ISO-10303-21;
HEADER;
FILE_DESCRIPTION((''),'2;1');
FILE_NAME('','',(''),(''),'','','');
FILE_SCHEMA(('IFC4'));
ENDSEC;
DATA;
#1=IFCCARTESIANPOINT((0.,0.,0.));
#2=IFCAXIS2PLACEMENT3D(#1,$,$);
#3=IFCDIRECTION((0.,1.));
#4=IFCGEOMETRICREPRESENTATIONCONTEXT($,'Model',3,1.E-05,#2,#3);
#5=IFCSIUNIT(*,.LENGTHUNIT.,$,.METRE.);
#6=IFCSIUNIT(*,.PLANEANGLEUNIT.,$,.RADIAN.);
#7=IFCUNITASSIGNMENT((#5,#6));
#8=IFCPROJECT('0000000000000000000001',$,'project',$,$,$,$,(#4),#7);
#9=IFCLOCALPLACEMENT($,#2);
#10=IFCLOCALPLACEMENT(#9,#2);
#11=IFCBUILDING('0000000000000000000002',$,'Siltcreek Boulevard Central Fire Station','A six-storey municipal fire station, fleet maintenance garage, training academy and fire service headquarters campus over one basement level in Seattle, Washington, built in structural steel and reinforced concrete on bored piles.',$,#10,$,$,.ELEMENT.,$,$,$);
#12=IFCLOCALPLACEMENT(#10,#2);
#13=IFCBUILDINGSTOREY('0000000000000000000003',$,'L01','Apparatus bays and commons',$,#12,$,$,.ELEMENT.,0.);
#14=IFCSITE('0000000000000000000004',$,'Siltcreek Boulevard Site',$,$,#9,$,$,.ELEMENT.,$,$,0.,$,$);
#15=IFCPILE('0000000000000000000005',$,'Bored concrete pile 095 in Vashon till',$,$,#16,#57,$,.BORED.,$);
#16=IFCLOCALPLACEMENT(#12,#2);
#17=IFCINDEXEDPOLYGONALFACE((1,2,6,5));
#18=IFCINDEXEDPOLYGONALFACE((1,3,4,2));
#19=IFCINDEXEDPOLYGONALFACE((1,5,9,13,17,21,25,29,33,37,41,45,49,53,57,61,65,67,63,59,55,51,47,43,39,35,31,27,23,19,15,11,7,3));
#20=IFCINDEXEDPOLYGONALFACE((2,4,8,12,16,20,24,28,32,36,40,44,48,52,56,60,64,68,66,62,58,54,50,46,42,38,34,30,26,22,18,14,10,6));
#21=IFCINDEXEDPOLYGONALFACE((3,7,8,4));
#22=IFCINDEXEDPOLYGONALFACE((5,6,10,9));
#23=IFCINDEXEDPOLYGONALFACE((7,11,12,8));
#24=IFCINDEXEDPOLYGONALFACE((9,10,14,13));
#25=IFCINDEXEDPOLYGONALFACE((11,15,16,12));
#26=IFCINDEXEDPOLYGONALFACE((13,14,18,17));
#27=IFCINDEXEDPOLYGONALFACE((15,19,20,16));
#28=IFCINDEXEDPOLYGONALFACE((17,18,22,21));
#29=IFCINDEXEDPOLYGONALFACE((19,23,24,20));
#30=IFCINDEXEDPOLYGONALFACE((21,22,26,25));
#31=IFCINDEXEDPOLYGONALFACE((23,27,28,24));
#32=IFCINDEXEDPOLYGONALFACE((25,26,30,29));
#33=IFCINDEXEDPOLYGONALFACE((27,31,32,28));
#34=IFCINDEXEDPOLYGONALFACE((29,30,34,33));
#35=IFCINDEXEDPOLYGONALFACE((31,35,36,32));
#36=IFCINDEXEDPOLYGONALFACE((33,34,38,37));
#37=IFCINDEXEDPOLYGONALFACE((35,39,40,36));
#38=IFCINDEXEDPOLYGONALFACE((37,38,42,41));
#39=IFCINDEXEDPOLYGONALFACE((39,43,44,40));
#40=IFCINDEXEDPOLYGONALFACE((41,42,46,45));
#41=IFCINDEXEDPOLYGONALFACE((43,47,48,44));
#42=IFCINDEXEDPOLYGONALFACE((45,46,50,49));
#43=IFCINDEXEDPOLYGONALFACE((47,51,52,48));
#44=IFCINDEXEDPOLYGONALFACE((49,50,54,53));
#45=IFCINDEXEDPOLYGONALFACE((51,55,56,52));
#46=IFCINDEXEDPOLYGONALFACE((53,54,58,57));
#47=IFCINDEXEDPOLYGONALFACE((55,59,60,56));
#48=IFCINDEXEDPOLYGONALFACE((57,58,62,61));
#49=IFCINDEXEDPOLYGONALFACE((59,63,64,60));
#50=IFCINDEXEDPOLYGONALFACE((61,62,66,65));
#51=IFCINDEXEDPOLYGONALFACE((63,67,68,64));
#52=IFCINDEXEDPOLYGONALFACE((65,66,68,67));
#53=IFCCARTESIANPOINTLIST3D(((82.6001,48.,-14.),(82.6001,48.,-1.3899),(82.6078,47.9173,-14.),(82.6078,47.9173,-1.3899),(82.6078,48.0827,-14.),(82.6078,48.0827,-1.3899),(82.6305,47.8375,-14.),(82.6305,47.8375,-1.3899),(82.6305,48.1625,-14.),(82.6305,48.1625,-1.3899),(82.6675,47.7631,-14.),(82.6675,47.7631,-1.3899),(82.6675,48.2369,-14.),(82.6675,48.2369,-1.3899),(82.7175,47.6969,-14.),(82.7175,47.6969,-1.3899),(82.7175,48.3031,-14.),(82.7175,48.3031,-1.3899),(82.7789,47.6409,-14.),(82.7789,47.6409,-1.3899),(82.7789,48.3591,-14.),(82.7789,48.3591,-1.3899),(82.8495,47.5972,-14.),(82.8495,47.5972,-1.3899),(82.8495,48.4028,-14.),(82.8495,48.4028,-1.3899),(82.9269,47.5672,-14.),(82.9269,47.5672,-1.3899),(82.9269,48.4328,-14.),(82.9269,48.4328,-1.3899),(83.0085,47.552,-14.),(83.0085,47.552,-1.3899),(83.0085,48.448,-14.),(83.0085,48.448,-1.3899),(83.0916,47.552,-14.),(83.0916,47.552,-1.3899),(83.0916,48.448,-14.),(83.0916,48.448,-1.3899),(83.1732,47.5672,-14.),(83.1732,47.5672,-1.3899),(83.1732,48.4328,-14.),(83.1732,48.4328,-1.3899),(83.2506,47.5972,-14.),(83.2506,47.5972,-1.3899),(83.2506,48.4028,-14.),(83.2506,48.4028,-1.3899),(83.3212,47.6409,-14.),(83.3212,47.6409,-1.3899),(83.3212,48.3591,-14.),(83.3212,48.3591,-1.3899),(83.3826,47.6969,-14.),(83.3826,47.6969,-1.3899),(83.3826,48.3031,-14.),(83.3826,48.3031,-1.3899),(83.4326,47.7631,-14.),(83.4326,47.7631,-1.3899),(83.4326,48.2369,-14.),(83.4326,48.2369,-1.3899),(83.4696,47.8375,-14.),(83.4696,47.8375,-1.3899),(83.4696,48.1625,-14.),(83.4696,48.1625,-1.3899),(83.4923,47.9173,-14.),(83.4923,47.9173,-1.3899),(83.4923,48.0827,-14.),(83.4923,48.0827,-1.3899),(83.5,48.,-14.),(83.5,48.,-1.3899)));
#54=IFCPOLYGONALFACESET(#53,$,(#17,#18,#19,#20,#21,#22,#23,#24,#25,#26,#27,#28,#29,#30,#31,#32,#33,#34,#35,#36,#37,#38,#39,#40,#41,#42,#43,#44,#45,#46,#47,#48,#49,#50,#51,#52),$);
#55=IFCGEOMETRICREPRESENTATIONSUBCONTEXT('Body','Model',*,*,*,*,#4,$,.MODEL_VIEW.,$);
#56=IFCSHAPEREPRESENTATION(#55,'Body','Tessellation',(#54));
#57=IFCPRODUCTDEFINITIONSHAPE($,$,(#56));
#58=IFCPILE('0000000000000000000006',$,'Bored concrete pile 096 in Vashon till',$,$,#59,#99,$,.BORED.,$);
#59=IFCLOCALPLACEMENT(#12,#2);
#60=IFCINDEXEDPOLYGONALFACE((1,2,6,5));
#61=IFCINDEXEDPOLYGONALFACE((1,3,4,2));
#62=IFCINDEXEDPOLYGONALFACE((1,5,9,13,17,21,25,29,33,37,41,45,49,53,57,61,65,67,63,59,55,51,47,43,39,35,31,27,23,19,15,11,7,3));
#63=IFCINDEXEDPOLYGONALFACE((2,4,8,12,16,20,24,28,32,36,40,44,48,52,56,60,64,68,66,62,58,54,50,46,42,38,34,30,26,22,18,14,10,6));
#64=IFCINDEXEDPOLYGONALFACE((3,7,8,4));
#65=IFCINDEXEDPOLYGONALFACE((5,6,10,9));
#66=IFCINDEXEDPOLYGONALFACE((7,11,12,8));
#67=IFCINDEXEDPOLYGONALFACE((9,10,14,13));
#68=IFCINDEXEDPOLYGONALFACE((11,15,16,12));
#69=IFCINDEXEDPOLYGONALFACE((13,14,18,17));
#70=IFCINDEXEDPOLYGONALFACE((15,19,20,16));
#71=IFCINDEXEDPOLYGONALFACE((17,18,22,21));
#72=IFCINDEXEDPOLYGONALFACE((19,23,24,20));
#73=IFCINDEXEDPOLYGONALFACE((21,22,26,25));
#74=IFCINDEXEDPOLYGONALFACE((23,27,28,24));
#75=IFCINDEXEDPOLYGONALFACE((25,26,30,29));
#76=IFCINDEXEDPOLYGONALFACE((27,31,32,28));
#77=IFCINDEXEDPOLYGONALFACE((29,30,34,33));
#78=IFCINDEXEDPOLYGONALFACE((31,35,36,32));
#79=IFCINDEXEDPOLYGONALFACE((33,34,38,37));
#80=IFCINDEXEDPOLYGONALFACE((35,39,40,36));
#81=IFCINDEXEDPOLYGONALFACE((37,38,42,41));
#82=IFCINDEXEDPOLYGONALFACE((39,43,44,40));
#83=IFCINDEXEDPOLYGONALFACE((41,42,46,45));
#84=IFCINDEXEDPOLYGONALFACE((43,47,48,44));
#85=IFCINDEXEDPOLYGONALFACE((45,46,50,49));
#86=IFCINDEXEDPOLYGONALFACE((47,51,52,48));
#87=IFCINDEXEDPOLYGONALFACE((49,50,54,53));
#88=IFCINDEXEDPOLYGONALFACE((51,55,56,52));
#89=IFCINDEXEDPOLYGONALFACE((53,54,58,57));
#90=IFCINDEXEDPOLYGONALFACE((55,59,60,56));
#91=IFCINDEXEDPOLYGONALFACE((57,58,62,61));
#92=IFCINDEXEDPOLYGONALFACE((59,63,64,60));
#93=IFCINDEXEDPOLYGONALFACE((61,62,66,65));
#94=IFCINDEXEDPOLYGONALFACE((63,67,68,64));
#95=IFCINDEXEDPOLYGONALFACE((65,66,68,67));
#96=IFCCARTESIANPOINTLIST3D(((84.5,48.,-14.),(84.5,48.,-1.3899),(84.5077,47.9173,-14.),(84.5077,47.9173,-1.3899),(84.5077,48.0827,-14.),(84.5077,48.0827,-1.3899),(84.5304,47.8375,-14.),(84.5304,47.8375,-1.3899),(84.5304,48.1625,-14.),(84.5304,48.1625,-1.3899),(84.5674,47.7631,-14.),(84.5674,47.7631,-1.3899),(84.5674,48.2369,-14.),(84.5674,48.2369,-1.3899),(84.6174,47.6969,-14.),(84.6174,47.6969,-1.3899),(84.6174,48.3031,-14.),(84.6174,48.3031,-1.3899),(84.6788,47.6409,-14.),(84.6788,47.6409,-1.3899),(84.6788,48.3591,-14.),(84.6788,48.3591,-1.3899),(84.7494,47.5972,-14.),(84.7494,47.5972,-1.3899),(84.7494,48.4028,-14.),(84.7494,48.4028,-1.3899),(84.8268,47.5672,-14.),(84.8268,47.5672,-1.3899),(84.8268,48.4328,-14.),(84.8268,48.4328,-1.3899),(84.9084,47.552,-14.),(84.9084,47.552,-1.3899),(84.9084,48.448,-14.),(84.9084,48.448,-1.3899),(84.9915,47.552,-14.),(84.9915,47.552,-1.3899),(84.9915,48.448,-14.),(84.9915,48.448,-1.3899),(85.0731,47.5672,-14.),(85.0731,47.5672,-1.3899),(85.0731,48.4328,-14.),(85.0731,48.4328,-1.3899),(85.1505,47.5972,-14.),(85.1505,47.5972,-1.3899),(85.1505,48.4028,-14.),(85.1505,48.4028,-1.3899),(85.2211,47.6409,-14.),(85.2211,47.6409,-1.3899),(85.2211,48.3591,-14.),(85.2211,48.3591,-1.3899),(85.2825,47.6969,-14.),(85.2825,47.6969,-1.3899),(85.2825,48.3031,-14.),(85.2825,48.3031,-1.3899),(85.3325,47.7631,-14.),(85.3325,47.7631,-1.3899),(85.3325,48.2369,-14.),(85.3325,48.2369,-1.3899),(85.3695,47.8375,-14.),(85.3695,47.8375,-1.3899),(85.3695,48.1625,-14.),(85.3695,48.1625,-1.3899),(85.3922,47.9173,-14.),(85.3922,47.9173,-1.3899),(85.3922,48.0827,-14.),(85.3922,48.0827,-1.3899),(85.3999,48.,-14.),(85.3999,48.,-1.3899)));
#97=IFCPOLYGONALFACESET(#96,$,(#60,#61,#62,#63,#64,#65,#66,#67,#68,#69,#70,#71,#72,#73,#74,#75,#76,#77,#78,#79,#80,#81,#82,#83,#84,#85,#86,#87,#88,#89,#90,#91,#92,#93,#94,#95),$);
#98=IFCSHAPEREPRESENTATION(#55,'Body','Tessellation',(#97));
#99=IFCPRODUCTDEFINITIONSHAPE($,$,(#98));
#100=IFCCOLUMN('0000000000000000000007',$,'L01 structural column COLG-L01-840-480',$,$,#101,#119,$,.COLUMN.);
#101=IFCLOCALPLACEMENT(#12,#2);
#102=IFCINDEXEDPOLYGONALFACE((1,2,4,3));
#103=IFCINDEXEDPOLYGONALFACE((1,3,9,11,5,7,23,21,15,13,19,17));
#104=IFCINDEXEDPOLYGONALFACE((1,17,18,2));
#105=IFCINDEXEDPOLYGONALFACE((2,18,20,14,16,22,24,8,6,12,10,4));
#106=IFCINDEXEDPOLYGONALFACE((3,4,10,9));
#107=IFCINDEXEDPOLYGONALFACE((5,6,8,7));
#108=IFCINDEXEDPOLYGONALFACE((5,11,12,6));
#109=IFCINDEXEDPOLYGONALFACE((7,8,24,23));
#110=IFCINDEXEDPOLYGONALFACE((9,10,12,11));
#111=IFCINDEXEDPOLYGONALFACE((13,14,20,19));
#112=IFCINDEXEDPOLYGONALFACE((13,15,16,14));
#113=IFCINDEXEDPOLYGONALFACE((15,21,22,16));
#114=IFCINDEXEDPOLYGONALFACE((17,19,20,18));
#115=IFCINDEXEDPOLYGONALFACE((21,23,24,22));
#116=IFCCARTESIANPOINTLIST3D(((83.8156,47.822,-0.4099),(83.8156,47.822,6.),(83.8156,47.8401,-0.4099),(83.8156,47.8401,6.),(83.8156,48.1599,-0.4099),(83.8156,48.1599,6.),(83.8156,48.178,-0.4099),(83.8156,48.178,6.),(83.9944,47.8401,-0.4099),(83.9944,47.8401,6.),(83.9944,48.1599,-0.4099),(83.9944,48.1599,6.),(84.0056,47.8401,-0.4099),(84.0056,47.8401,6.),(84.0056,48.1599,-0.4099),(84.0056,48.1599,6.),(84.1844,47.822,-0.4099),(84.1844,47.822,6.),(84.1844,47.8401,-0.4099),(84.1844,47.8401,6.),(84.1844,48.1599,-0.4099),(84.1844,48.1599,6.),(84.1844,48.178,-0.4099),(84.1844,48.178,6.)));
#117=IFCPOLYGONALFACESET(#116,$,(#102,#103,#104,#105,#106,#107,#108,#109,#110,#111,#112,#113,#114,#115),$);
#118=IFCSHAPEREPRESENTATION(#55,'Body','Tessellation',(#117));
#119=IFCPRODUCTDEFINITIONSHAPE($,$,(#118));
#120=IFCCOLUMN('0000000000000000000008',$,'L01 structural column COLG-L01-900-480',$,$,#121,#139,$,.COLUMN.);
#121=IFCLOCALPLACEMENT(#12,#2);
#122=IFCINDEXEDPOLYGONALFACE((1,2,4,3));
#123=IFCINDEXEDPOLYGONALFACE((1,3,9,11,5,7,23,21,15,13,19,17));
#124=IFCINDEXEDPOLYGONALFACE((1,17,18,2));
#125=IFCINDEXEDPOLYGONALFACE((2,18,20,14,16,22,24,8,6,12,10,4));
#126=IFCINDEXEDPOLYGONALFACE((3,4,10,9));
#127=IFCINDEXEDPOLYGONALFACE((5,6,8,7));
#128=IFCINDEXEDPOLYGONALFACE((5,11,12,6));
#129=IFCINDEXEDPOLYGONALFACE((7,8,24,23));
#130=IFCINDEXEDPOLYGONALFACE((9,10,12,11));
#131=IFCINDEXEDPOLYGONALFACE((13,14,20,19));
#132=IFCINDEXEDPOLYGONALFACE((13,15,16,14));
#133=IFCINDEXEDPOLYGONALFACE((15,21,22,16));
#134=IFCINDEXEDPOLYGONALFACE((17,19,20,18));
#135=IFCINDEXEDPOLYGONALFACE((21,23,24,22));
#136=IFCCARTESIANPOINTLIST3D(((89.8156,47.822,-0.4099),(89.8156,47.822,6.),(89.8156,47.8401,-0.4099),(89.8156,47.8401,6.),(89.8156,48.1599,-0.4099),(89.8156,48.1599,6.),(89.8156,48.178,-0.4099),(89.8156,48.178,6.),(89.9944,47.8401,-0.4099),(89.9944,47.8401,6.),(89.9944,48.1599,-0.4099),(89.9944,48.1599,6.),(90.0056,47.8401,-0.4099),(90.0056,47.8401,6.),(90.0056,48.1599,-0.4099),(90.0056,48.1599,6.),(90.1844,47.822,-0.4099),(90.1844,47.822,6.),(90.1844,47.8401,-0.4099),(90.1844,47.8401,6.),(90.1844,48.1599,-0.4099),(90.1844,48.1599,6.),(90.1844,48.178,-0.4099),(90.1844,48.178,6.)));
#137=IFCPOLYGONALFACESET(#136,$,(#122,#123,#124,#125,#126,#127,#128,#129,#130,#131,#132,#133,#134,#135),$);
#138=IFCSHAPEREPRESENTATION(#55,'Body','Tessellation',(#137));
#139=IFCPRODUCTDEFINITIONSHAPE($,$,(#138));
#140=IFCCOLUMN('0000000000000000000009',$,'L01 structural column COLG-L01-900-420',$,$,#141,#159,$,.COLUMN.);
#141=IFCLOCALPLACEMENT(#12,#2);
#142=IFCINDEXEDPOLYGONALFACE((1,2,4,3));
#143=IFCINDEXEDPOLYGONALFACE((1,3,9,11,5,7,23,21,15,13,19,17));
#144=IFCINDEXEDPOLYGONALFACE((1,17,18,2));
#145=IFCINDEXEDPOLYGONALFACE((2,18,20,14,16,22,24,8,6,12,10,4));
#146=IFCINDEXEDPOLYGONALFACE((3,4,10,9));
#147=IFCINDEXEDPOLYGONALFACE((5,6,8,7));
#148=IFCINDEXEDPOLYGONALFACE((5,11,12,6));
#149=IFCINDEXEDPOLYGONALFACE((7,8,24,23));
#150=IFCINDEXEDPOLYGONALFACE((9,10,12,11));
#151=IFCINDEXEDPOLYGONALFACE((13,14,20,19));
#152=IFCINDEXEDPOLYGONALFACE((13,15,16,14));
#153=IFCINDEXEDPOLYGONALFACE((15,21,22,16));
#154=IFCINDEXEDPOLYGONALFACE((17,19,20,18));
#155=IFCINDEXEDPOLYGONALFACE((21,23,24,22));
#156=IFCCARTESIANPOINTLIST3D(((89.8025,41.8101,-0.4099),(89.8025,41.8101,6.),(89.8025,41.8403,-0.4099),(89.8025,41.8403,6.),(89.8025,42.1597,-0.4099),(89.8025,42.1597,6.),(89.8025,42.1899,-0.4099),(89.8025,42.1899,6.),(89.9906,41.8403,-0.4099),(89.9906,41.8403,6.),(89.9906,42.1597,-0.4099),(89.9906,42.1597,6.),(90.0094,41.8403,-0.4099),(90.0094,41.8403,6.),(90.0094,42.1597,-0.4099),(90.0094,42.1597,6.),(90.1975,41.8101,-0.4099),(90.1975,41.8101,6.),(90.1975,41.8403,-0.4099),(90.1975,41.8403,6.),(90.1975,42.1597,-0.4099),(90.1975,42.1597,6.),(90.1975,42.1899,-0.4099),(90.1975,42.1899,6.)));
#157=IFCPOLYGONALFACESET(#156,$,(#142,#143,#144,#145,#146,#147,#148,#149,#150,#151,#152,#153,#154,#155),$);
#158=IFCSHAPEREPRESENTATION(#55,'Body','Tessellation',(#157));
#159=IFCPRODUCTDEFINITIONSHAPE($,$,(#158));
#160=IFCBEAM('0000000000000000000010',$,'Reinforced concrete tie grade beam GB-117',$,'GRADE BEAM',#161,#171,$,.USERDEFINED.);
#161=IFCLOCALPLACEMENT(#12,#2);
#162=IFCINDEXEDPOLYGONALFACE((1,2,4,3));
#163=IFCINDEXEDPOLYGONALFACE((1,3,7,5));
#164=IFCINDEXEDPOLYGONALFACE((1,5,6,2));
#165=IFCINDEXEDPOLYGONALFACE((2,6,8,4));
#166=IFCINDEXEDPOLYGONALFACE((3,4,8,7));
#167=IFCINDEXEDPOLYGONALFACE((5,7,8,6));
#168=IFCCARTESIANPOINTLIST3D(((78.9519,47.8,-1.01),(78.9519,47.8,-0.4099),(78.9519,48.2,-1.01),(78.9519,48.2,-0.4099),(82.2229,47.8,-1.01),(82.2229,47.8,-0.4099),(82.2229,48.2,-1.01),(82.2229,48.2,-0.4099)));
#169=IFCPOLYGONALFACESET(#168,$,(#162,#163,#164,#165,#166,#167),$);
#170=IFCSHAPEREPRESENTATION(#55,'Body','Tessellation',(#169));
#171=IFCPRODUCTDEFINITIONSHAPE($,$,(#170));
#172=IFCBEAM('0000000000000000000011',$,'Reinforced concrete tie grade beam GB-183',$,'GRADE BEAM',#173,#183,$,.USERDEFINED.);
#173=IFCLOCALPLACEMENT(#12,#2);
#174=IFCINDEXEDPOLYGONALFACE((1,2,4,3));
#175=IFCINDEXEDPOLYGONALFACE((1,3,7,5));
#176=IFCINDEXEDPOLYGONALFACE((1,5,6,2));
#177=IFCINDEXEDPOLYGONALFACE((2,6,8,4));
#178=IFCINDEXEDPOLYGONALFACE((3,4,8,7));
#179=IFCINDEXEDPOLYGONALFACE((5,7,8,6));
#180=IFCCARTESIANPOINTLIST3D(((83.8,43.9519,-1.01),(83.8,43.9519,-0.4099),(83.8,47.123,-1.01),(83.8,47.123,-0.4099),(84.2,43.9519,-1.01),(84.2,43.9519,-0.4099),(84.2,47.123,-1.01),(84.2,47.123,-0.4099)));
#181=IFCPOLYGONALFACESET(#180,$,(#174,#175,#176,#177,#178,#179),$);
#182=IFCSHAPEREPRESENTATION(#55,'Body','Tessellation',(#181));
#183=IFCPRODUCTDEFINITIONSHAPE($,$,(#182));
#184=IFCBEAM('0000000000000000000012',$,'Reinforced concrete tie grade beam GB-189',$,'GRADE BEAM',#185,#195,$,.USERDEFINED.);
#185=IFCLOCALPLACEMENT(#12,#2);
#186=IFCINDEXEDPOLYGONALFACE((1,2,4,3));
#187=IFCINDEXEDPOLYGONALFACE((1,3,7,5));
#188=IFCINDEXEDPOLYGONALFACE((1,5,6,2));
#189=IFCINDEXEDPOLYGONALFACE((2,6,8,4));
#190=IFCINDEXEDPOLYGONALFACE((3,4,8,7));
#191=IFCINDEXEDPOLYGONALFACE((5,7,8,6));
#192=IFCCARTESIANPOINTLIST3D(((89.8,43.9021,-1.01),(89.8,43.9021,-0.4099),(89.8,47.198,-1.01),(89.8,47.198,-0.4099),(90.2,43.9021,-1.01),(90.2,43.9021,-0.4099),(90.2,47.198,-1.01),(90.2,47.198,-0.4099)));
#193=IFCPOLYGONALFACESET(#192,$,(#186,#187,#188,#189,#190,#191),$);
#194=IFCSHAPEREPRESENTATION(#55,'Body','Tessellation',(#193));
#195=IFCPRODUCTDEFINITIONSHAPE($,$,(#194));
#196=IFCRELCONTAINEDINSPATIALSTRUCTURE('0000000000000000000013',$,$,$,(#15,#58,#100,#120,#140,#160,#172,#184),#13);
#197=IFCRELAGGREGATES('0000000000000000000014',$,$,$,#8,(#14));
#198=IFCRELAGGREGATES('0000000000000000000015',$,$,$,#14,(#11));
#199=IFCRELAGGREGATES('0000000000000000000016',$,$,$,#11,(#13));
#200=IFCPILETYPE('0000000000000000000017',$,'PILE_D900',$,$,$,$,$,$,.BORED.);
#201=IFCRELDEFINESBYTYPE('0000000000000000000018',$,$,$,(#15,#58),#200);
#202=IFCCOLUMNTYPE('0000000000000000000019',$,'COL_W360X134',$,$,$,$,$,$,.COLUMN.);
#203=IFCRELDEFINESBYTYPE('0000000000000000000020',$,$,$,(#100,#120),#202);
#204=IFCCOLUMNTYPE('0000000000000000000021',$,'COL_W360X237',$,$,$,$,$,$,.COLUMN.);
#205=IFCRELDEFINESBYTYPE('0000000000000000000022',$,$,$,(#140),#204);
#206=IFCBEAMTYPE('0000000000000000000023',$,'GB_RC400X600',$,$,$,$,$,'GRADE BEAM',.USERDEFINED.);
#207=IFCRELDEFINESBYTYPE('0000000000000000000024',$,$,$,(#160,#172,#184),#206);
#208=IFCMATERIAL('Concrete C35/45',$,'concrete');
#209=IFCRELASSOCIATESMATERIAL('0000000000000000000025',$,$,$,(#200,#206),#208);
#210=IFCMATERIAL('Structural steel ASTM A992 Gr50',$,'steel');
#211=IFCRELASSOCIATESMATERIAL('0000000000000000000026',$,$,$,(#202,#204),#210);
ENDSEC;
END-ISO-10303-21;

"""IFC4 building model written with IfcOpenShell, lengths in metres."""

from ifc_helpers import new_model, si_unit, direction, frame, origin, origin_2d, place, context, subcontext, project, spatial, rectangle, circle, i_section, extrude, material, material_profile, profile_set, type_object, element, save


model = new_model("IFC4")

# Units and contexts
model_context = context("Model", 3, precision=1e-05, world=origin(), true_north=direction((0.0, 1.0)))
body_context = subcontext(model_context, "Body", "Model", "MODEL_VIEW")
ifc_project = project(units=[si_unit("LENGTHUNIT", "METRE"), si_unit("PLANEANGLEUNIT", "RADIAN")], contexts=[model_context])

# Site, building, storey
site_placement = place(None, origin())
site = spatial("IfcSite", under=ifc_project, at=site_placement, Name="Siltcreek Boulevard Site", CompositionType="ELEMENT", RefElevation=0.0)
building_placement = place(site_placement, origin())
building = spatial("IfcBuilding", under=site, at=building_placement, Name="Siltcreek Boulevard Central Fire Station", Description="A six-storey municipal fire station, fleet maintenance garage, training academy and fire service headquarters campus over one basement level in Seattle, Washington, built in structural steel and reinforced concrete on bored piles.", CompositionType="ELEMENT")
storey_placement = place(building_placement, origin())
storey = spatial("IfcBuildingStorey", under=building, at=storey_placement, Name="L01", Description="Apparatus bays and commons", CompositionType="ELEMENT", Elevation=0.0)

# Shared definitions
ifc_material_1 = material(Name="Concrete C35/45", Category="concrete")

# Piles
ifc_material_profile_1 = material_profile(ifc_material_1, circle(Radius=0.45, at=origin_2d()), Name="SHAFT900")
ifc_profile_set_1 = profile_set([ifc_material_profile_1], Name="Concrete C35/45")
pile_type_1 = type_object("IfcPileType", Name="PILE_D900", PredefinedType="BORED", material=ifc_profile_set_1)
for number, where, z_axis, x_axis, name in (
    (1, (83.05, 48.0, -1.3899), (0.0, 0.0, -1.0), (1.0, 0.0, 0.0), "Bored concrete pile 095 in Vashon till"),
    (2, (84.95, 48.0, -1.3899), (0.0, 0.0, -1.0), (1.0, 0.0, 0.0), "Bored concrete pile 096 in Vashon till"),
):
    element("IfcPile", number, at=place(storey_placement, frame(where, z_axis=z_axis, x_axis=x_axis)), inside=storey, type_object=pile_type_1, Name=name, PredefinedType="BORED", context=body_context, shape_type="SweptSolid", body=[
        extrude(circle(Radius=0.45, at=origin_2d()), origin(), (0.0, 0.0, 1.0), 12.6101),
    ])

# Columns
ifc_material_2 = material(Name="Structural steel ASTM A992 Gr50", Category="steel")
ifc_material_profile_2 = material_profile(ifc_material_2, i_section(OverallWidth=0.3689, OverallDepth=0.356, WebThickness=0.0112, FlangeThickness=0.0181, at=origin_2d()), Name="W360X134")
ifc_profile_set_2 = profile_set([ifc_material_profile_2], Name="Structural steel ASTM A992 Gr50")
column_type_1 = type_object("IfcColumnType", Name="COL_W360X134", PredefinedType="COLUMN", material=ifc_profile_set_2)
for number, where, z_axis, x_axis, name in (
    (3, (84.0, 48.0, -0.4099), (0.0, 0.0, 1.0), (1.0, 0.0, 0.0), "L01 structural column COLG-L01-840-480"),
    (4, (90.0, 48.0, -0.4099), (0.0, 0.0, 1.0), (1.0, 0.0, 0.0), "L01 structural column COLG-L01-900-480"),
):
    element("IfcColumn", number, at=place(storey_placement, frame(where, z_axis=z_axis, x_axis=x_axis)), inside=storey, type_object=column_type_1, Name=name, PredefinedType="COLUMN", context=body_context, shape_type="SweptSolid", body=[
        extrude(i_section(OverallWidth=0.3689, OverallDepth=0.356, WebThickness=0.0112, FlangeThickness=0.0181, at=origin_2d()), origin(), (0.0, 0.0, 1.0), 6.4099),
    ])
ifc_material_profile_3 = material_profile(ifc_material_2, i_section(OverallWidth=0.395, OverallDepth=0.3799, WebThickness=0.0188, FlangeThickness=0.0303, at=origin_2d()), Name="W360X237")
ifc_profile_set_3 = profile_set([ifc_material_profile_3], Name="Structural steel ASTM A992 Gr50")
column_type_2 = type_object("IfcColumnType", Name="COL_W360X237", PredefinedType="COLUMN", material=ifc_profile_set_3)
column_placement = place(storey_placement, frame((90.0, 42.0, -0.4099), z_axis=(0.0, 0.0, 1.0), x_axis=(1.0, 0.0, 0.0)))
element("IfcColumn", 5, at=column_placement, inside=storey, type_object=column_type_2, Name="L01 structural column COLG-L01-900-420", PredefinedType="COLUMN", context=body_context, shape_type="SweptSolid", body=[
    extrude(i_section(OverallWidth=0.395, OverallDepth=0.3799, WebThickness=0.0188, FlangeThickness=0.0303, at=origin_2d()), origin(), (0.0, 0.0, 1.0), 6.4099),
])

# Beams
ifc_material_profile_4 = material_profile(ifc_material_1, rectangle(XDim=0.3999, YDim=0.6001, at=origin_2d()), Name="RC400X600")
ifc_profile_set_4 = profile_set([ifc_material_profile_4], Name="Concrete C35/45")
beam_type_1 = type_object("IfcBeamType", Name="GB_RC400X600", ElementType="GRADE BEAM", PredefinedType="USERDEFINED", material=ifc_profile_set_4)
beam_1_placement = place(storey_placement, frame((78.9519, 48.0, -0.71), z_axis=(1.0, 0.0, 0.0), x_axis=(0.0, 1.0, 0.0)))
element("IfcBeam", 6, at=beam_1_placement, inside=storey, type_object=beam_type_1, Name="Reinforced concrete tie grade beam GB-117", ObjectType="GRADE BEAM", PredefinedType="USERDEFINED", context=body_context, shape_type="SweptSolid", body=[
    extrude(rectangle(XDim=0.3999, YDim=0.6001, at=origin_2d()), origin(), (0.0, 0.0, 1.0), 3.271),
])
beam_2_placement = place(storey_placement, frame((84.0, 43.9519, -0.71), z_axis=(0.0, 1.0, 0.0), x_axis=(-1.0, 0.0, 0.0)))
element("IfcBeam", 7, at=beam_2_placement, inside=storey, type_object=beam_type_1, Name="Reinforced concrete tie grade beam GB-183", ObjectType="GRADE BEAM", PredefinedType="USERDEFINED", context=body_context, shape_type="SweptSolid", body=[
    extrude(rectangle(XDim=0.3999, YDim=0.6001, at=origin_2d()), origin(), (0.0, 0.0, 1.0), 3.1711),
])
beam_3_placement = place(storey_placement, frame((90.0, 43.9021, -0.71), z_axis=(0.0, 1.0, 0.0), x_axis=(-1.0, 0.0, 0.0)))
element("IfcBeam", 8, at=beam_3_placement, inside=storey, type_object=beam_type_1, Name="Reinforced concrete tie grade beam GB-189", ObjectType="GRADE BEAM", PredefinedType="USERDEFINED", context=body_context, shape_type="SweptSolid", body=[
    extrude(rectangle(XDim=0.3999, YDim=0.6001, at=origin_2d()), origin(), (0.0, 0.0, 1.0), 3.2959),
])

save(model, "model.ifc")
